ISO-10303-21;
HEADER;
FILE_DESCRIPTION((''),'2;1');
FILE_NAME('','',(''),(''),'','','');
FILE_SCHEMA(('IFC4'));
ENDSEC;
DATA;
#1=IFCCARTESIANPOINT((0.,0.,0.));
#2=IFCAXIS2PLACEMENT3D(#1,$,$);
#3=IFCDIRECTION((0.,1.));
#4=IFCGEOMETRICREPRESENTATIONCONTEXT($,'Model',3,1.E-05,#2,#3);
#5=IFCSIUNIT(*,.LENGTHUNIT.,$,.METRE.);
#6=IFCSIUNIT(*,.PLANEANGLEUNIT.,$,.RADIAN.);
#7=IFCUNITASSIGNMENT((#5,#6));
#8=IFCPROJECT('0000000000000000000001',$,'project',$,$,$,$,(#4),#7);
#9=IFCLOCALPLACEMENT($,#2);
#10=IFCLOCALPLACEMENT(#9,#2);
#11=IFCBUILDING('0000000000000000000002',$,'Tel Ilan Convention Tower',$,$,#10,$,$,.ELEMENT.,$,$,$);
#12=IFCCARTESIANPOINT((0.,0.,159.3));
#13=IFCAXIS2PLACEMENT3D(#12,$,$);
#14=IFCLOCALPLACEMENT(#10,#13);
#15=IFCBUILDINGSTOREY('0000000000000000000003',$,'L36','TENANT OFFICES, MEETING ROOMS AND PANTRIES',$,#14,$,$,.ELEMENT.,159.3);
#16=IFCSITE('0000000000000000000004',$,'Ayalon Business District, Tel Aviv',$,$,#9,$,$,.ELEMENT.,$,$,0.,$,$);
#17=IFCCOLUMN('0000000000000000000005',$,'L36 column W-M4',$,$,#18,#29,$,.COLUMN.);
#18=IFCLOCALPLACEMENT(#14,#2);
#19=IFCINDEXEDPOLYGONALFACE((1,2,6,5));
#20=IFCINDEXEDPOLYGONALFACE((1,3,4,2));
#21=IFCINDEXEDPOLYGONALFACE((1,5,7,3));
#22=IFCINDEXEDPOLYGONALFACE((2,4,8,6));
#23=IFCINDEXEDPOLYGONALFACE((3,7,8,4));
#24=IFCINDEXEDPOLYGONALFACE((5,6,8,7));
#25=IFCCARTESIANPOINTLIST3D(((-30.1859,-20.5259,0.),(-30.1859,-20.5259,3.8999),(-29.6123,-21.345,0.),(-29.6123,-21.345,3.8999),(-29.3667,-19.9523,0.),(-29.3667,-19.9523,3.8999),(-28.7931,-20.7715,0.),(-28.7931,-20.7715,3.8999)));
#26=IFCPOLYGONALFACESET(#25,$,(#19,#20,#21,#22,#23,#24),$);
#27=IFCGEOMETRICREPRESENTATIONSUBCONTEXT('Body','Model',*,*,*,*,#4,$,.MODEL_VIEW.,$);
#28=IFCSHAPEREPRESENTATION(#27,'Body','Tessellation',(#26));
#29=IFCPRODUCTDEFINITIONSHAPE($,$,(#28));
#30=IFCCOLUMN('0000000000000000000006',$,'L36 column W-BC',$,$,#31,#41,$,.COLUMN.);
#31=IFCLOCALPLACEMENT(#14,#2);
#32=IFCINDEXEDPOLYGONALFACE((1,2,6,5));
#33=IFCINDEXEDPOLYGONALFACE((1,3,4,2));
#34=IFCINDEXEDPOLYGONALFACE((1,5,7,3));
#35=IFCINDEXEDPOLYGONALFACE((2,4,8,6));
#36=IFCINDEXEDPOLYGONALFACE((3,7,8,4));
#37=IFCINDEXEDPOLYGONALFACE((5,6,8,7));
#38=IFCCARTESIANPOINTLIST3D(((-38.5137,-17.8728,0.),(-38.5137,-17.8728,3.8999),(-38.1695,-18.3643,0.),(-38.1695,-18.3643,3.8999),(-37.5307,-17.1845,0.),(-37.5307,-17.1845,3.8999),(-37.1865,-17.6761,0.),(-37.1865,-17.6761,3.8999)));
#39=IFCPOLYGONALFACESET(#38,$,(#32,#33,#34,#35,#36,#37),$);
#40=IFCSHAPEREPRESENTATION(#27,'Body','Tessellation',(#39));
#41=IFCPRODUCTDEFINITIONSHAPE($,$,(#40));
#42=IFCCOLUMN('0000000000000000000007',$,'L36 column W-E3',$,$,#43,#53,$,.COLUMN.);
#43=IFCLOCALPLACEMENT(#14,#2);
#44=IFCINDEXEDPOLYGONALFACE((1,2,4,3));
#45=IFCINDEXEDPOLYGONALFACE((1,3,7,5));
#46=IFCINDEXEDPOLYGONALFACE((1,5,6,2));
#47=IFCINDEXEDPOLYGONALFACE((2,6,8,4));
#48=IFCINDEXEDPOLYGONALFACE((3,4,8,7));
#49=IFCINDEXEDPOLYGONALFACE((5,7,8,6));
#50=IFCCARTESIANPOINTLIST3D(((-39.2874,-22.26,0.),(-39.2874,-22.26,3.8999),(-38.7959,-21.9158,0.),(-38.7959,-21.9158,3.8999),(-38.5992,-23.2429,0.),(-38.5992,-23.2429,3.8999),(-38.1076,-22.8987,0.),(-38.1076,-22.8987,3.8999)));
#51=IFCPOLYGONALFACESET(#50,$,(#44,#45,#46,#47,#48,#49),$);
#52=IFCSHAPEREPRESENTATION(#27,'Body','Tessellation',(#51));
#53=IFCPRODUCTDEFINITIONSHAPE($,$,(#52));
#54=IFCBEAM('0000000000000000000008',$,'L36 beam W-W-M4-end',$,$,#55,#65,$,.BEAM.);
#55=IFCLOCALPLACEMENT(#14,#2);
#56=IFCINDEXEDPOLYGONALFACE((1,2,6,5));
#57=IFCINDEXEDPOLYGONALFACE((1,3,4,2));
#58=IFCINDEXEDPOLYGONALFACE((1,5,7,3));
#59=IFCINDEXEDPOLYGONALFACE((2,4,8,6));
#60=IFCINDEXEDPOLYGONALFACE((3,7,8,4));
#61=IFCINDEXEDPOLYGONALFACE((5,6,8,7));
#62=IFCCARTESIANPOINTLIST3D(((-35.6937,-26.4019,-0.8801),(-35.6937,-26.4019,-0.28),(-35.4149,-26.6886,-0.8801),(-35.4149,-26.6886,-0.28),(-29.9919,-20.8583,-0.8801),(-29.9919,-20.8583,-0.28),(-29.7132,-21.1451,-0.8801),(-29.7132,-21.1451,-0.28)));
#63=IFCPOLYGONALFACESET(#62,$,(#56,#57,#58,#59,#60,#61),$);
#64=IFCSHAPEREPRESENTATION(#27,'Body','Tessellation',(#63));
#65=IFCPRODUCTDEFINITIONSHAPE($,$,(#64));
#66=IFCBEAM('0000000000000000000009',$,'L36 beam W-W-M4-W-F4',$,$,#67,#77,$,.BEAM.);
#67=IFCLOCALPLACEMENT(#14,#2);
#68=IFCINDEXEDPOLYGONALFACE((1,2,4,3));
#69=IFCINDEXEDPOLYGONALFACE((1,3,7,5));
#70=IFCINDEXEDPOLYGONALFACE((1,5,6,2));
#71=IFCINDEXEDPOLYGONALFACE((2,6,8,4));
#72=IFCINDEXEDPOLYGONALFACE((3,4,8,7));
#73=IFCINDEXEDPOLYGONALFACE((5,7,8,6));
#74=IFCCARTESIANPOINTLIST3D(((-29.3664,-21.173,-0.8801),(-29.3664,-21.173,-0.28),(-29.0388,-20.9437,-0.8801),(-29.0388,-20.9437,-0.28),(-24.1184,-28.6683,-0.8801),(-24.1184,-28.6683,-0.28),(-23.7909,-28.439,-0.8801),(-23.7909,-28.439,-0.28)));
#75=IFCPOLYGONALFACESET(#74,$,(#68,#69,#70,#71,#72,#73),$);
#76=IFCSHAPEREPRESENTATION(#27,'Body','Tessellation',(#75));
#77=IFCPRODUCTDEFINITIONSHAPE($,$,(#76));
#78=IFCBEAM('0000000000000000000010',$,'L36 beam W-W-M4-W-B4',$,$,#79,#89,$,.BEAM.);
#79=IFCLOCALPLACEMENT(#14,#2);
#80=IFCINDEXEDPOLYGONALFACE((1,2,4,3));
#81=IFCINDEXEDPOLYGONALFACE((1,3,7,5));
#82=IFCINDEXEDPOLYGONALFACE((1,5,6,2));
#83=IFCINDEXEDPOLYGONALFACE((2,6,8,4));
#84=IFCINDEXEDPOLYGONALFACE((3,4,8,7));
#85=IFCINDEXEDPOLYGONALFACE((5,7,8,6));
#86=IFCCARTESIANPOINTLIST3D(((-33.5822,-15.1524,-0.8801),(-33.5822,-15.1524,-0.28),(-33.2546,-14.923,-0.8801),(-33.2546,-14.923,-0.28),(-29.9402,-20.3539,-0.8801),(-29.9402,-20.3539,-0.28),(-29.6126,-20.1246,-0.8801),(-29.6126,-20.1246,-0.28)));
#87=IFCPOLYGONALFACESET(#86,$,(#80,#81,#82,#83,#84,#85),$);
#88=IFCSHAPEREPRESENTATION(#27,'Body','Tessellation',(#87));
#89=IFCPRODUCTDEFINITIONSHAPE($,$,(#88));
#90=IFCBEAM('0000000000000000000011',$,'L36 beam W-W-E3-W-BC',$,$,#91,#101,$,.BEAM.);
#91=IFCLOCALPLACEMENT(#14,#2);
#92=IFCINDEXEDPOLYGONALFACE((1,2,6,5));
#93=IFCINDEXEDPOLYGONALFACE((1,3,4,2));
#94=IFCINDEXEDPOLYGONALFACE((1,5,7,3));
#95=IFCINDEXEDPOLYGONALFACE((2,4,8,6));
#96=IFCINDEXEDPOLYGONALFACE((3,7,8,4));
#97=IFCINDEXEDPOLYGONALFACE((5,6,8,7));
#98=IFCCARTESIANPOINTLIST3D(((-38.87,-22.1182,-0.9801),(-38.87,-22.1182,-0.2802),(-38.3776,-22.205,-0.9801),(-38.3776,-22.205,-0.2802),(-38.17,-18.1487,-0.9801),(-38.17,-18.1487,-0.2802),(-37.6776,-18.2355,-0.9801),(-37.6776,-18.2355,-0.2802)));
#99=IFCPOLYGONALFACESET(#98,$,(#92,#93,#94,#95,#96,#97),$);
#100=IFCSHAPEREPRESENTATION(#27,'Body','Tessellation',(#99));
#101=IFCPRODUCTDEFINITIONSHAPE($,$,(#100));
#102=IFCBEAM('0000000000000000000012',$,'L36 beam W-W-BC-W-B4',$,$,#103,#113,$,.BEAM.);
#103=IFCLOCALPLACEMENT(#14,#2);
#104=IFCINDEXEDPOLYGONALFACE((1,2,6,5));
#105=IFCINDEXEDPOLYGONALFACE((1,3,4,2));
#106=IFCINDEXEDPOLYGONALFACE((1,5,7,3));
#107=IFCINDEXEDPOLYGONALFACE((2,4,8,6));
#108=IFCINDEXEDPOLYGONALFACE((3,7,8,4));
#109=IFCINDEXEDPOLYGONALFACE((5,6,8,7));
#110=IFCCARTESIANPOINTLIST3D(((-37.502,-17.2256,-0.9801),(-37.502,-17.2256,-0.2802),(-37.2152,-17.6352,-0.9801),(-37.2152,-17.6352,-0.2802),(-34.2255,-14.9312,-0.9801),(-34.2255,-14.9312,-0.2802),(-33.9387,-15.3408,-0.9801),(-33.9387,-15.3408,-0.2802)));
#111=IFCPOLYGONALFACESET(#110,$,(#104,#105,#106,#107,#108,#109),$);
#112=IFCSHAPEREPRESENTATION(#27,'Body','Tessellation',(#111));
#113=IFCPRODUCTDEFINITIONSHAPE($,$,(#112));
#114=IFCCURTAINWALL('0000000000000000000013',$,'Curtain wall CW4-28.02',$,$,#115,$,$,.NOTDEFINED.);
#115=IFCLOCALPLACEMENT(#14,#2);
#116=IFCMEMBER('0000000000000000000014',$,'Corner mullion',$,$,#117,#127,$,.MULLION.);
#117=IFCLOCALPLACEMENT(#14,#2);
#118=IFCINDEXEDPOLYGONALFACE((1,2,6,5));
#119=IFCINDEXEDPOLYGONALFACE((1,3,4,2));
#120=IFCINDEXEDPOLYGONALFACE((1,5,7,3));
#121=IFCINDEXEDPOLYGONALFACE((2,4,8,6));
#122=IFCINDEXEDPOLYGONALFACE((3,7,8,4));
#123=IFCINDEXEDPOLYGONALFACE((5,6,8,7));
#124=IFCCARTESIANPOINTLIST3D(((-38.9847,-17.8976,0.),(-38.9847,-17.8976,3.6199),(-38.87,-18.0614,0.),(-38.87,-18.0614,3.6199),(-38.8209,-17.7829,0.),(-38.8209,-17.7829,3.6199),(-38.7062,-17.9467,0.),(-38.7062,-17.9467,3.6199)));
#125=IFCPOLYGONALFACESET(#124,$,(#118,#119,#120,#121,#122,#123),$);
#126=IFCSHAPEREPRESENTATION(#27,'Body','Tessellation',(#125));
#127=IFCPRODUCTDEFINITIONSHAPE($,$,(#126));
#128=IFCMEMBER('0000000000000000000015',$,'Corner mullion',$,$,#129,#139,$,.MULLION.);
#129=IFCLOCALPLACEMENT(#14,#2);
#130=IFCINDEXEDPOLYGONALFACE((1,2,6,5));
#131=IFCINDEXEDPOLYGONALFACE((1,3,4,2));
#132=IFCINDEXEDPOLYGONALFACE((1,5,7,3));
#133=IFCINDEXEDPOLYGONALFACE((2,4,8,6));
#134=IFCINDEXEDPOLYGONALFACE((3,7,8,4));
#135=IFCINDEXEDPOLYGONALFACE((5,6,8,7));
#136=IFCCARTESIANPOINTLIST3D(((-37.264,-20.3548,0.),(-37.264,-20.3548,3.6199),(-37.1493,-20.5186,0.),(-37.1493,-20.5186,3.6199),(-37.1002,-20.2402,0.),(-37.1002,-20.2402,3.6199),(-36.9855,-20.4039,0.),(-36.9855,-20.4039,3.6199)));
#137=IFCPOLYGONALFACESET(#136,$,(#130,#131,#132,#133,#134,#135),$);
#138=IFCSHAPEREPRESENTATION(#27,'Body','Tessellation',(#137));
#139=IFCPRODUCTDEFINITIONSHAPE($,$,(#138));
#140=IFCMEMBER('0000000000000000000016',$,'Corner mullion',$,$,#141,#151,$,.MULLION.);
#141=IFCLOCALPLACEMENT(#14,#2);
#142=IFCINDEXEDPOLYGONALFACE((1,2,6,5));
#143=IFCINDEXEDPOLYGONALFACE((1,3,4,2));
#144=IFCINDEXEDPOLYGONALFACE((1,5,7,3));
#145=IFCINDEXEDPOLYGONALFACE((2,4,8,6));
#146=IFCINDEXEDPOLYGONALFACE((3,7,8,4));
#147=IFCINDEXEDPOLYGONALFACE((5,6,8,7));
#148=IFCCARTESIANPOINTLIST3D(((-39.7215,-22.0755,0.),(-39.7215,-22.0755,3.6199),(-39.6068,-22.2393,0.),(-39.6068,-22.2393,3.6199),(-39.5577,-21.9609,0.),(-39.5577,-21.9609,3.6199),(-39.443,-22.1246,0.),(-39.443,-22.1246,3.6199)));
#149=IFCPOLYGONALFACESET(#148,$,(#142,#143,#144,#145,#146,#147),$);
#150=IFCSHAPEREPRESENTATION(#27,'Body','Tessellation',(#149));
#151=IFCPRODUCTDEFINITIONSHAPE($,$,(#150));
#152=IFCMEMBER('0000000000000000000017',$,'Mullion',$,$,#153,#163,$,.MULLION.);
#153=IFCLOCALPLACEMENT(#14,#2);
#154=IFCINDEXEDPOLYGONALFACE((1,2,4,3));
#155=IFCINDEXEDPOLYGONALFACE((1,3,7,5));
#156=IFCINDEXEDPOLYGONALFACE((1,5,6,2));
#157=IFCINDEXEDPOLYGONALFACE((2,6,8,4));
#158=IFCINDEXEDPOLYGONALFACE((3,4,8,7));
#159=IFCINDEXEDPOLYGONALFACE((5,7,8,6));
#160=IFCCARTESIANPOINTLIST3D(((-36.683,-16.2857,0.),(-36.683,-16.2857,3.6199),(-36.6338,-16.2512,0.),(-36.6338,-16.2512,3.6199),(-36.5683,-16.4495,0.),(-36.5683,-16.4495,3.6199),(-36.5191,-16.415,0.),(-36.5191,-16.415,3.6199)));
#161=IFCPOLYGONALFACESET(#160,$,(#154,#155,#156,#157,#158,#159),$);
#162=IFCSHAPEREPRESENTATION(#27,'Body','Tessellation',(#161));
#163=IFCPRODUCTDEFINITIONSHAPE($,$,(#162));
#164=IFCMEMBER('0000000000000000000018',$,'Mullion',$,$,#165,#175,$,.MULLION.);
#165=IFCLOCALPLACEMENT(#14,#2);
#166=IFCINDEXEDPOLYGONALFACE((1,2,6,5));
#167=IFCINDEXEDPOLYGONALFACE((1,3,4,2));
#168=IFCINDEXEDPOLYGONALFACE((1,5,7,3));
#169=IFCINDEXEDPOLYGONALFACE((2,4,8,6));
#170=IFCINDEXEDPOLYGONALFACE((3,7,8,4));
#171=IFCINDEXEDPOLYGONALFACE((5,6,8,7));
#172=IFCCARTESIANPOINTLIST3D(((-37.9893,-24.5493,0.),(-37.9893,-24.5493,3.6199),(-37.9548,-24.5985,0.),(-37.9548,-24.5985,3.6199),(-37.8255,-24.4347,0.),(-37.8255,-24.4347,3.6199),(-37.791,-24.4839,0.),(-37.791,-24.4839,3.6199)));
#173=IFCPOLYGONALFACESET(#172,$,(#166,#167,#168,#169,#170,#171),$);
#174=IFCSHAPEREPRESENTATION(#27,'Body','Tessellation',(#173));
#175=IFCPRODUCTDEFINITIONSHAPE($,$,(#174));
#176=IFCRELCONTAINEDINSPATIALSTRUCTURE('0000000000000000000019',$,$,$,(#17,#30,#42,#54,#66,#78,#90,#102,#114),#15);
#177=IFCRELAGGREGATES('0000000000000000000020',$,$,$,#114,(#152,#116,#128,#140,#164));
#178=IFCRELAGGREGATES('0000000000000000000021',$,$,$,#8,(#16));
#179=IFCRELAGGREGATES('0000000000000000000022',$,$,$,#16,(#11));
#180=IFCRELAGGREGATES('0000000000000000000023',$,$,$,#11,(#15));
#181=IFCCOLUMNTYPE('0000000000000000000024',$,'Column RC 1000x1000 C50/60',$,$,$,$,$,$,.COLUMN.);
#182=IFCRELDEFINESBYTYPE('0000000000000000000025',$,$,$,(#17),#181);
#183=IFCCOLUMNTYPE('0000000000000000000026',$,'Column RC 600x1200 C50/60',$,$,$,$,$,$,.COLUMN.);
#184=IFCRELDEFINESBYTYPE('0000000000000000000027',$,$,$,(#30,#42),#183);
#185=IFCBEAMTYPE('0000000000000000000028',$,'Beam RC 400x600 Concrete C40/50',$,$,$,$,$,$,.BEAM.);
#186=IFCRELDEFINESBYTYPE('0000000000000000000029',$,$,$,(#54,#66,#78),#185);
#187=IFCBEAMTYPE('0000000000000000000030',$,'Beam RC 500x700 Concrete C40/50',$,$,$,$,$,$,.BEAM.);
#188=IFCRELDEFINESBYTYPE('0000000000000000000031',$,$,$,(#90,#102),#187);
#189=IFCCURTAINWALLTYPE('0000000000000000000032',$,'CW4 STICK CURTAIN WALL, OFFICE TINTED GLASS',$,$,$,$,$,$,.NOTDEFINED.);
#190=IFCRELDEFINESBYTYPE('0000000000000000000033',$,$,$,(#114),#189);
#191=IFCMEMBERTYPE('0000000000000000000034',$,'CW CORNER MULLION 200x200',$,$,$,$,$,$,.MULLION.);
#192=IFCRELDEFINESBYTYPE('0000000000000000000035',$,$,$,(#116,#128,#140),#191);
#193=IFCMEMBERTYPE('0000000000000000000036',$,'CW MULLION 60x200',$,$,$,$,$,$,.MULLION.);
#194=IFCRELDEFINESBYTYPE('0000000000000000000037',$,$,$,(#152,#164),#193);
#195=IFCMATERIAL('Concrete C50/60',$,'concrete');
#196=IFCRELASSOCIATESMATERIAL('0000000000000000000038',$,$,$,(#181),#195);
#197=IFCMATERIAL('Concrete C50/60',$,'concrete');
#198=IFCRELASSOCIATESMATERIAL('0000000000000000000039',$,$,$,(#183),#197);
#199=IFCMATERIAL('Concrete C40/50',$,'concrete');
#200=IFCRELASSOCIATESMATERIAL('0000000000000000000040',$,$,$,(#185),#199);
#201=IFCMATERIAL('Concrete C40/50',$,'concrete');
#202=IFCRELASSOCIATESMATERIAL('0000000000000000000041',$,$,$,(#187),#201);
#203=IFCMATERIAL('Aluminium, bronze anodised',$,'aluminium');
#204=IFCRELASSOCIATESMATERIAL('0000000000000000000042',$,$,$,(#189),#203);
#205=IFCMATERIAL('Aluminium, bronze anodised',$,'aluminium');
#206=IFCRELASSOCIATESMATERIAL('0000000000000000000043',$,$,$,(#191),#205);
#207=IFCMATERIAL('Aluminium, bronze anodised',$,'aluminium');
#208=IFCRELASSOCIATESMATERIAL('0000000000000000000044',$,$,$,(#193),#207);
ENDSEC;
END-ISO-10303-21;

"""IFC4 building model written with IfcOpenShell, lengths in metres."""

from ifc_helpers import new_model, si_unit, direction, frame, origin, origin_2d, place, context, subcontext, project, spatial, rectangle, extrude, material, material_profile, profile_set, type_object, element, aggregate, save


model = new_model("IFC4")

# Units and contexts
model_context = context("Model", 3, precision=1e-05, world=origin(), true_north=direction((0.0, 1.0)))
body_context = subcontext(model_context, "Body", "Model", "MODEL_VIEW")
ifc_project = project(units=[si_unit("LENGTHUNIT", "METRE"), si_unit("PLANEANGLEUNIT", "RADIAN")], contexts=[model_context])

# Site, building, storey
site_placement = place(None, origin())
site = spatial("IfcSite", under=ifc_project, at=site_placement, Name="Ayalon Business District, Tel Aviv", CompositionType="ELEMENT", RefElevation=0.0)
building_placement = place(site_placement, origin())
building = spatial("IfcBuilding", under=site, at=building_placement, Name="Tel Ilan Convention Tower", CompositionType="ELEMENT")
storey_placement = place(building_placement, frame((0.0, 0.0, 159.3)))
storey = spatial("IfcBuildingStorey", under=building, at=storey_placement, Name="L36", Description="TENANT OFFICES, MEETING ROOMS AND PANTRIES", CompositionType="ELEMENT", Elevation=159.3)

# Columns
ifc_material_1 = material(Name="Concrete C50/60", Category="concrete")
ifc_material_profile_1 = material_profile(ifc_material_1, rectangle(XDim=1.0, YDim=1.0, at=origin_2d()), Name="RC 1000x1000")
ifc_profile_set_1 = profile_set([ifc_material_profile_1], Name="Concrete C50/60")
column_type_1 = type_object("IfcColumnType", Name="Column RC 1000x1000 C50/60", PredefinedType="COLUMN", material=ifc_profile_set_1)
column_placement = place(storey_placement, frame((-29.4895, -20.6487, 0.0), z_axis=(0.0, 0.0, 1.0), x_axis=(-0.819152, -0.573576, 0.0)))
element("IfcColumn", 1, at=column_placement, inside=storey, type_object=column_type_1, Name="L36 column W-M4", PredefinedType="COLUMN", context=body_context, shape_type="SweptSolid", body=[
    extrude(rectangle(XDim=1.0, YDim=1.0, at=origin_2d()), origin(), (0.0, 0.0, 1.0), 3.8999),
])
ifc_material_2 = material(Name="Concrete C50/60", Category="concrete")
ifc_material_profile_2 = material_profile(ifc_material_2, rectangle(XDim=1.2, YDim=0.6001, at=origin_2d()), Name="RC 600x1200")
ifc_profile_set_2 = profile_set([ifc_material_profile_2], Name="Concrete C50/60")
column_type_2 = type_object("IfcColumnType", Name="Column RC 600x1200 C50/60", PredefinedType="COLUMN", material=ifc_profile_set_2)
for number, where, z_axis, x_axis, name in (
    (2, (-37.8501, -17.7744, 0.0), (0.0, 0.0, 1.0), (-0.819152, -0.573576, 0.0), "L36 column W-BC"),
    (3, (-38.6975, -22.5793, 0.0), (0.0, 0.0, 1.0), (-0.573576, 0.819152, 0.0), "L36 column W-E3"),
):
    element("IfcColumn", number, at=place(storey_placement, frame(where, z_axis=z_axis, x_axis=x_axis)), inside=storey, type_object=column_type_2, Name=name, PredefinedType="COLUMN", context=body_context, shape_type="SweptSolid", body=[
        extrude(rectangle(XDim=1.2, YDim=0.6001, at=origin_2d()), origin(), (0.0, 0.0, 1.0), 3.8999),
    ])

# Beams
ifc_material_3 = material(Name="Concrete C40/50", Category="concrete")
ifc_material_profile_3 = material_profile(ifc_material_3, rectangle(XDim=0.3999, YDim=0.6001, at=origin_2d()), Name="RC 400x600")
ifc_profile_set_3 = profile_set([ifc_material_profile_3], Name="Concrete C40/50")
beam_type_1 = type_object("IfcBeamType", Name="Beam RC 400x600 Concrete C40/50", PredefinedType="BEAM", material=ifc_profile_set_3)
beam_1_placement = place(storey_placement, frame((-29.8525, -21.0017, -0.5801), z_axis=(-0.716984, -0.69709, 0.0), x_axis=(0.69709, -0.716984, 0.0)))
element("IfcBeam", 4, at=beam_1_placement, inside=storey, type_object=beam_type_1, Name="L36 beam W-W-M4-end", PredefinedType="BEAM", context=body_context, shape_type="SweptSolid", body=[
    extrude(rectangle(XDim=0.3999, YDim=0.6001, at=origin_2d()), origin(), (0.0, 0.0, 1.0), 7.9524),
])
beam_2_placement = place(storey_placement, frame((-29.2026, -21.0583, -0.5801), z_axis=(0.573557, -0.819165, 0.0), x_axis=(0.819165, 0.573557, 0.0)))
element("IfcBeam", 5, at=beam_2_placement, inside=storey, type_object=beam_type_1, Name="L36 beam W-W-M4-W-F4", PredefinedType="BEAM", context=body_context, shape_type="SweptSolid", body=[
    extrude(rectangle(XDim=0.3999, YDim=0.6001, at=origin_2d()), origin(), (0.0, 0.0, 1.0), 9.1499),
])
beam_3_placement = place(storey_placement, frame((-29.7764, -20.2393, -0.5801), z_axis=(-0.57356, 0.819163, 0.0), x_axis=(-0.819163, -0.57356, 0.0)))
element("IfcBeam", 6, at=beam_3_placement, inside=storey, type_object=beam_type_1, Name="L36 beam W-W-M4-W-B4", PredefinedType="BEAM", context=body_context, shape_type="SweptSolid", body=[
    extrude(rectangle(XDim=0.3999, YDim=0.6001, at=origin_2d()), origin(), (0.0, 0.0, 1.0), 6.3499),
])
ifc_material_4 = material(Name="Concrete C40/50", Category="concrete")
ifc_material_profile_4 = material_profile(ifc_material_4, rectangle(XDim=0.5, YDim=0.7, at=origin_2d()), Name="RC 500x700")
ifc_profile_set_4 = profile_set([ifc_material_profile_4], Name="Concrete C40/50")
beam_type_2 = type_object("IfcBeamType", Name="Beam RC 500x700 Concrete C40/50", PredefinedType="BEAM", material=ifc_profile_set_4)
beam_4_placement = place(storey_placement, frame((-38.6238, -22.1616, -0.6301), z_axis=(0.173654, 0.984807, 0.0), x_axis=(-0.984807, 0.173654, 0.0)))
element("IfcBeam", 7, at=beam_4_placement, inside=storey, type_object=beam_type_2, Name="L36 beam W-W-E3-W-BC", PredefinedType="BEAM", context=body_context, shape_type="SweptSolid", body=[
    extrude(rectangle(XDim=0.5, YDim=0.7, at=origin_2d()), origin(), (0.0, 0.0, 1.0), 4.0308),
])
beam_5_placement = place(storey_placement, frame((-37.3586, -17.4304, -0.6301), z_axis=(0.819137, 0.573598, 0.0), x_axis=(-0.573598, 0.819137, 0.0)))
element("IfcBeam", 8, at=beam_5_placement, inside=storey, type_object=beam_type_2, Name="L36 beam W-W-BC-W-B4", PredefinedType="BEAM", context=body_context, shape_type="SweptSolid", body=[
    extrude(rectangle(XDim=0.5, YDim=0.7, at=origin_2d()), origin(), (0.0, 0.0, 1.0), 4.0),
])

# Curtain wall, members
ifc_material_5 = material(Name="Aluminium, bronze anodised", Category="aluminium")
curtain_wall_type = type_object("IfcCurtainWallType", Name="CW4 STICK CURTAIN WALL, OFFICE TINTED GLASS", PredefinedType="NOTDEFINED", material=ifc_material_5)
curtain_wall_placement = place(storey_placement, origin())
curtain_wall = element("IfcCurtainWall", 9, at=curtain_wall_placement, inside=storey, type_object=curtain_wall_type, Name="Curtain wall CW4-28.02", PredefinedType="NOTDEFINED")
ifc_material_6 = material(Name="Aluminium, bronze anodised", Category="aluminium")
ifc_material_profile_5 = material_profile(ifc_material_6, rectangle(XDim=0.2, YDim=0.2, at=origin_2d()), Name="CW CORNER MULLION 200x200")
ifc_profile_set_5 = profile_set([ifc_material_profile_5], Name="Aluminium, bronze anodised")
member_type_1 = type_object("IfcMemberType", Name="CW CORNER MULLION 200x200", PredefinedType="MULLION", material=ifc_profile_set_5)
member_1_placement = place(storey_placement, frame((-38.8455, -17.9221, 0.0), z_axis=(0.0, 0.0, 1.0), x_axis=(-0.819152, -0.573576, 0.0)))
member_1 = element("IfcMember", 10, at=member_1_placement, type_object=member_type_1, Name="Corner mullion", PredefinedType="MULLION", context=body_context, shape_type="SweptSolid", body=[
    extrude(rectangle(XDim=0.2, YDim=0.2, at=origin_2d()), origin(), (0.0, 0.0, 1.0), 3.6199),
])
member_2_placement = place(storey_placement, frame((-37.1248, -20.3794, 0.0), z_axis=(0.0, 0.0, 1.0), x_axis=(0.573576, -0.819152, 0.0)))
member_2 = element("IfcMember", 11, at=member_2_placement, type_object=member_type_1, Name="Corner mullion", PredefinedType="MULLION", context=body_context, shape_type="SweptSolid", body=[
    extrude(rectangle(XDim=0.2, YDim=0.2, at=origin_2d()), origin(), (0.0, 0.0, 1.0), 3.6199),
])
member_3_placement = place(storey_placement, frame((-39.5823, -22.1001, 0.0), z_axis=(0.0, 0.0, 1.0), x_axis=(-0.819152, -0.573576, 0.0)))
member_3 = element("IfcMember", 12, at=member_3_placement, type_object=member_type_1, Name="Corner mullion", PredefinedType="MULLION", context=body_context, shape_type="SweptSolid", body=[
    extrude(rectangle(XDim=0.2, YDim=0.2, at=origin_2d()), origin(), (0.0, 0.0, 1.0), 3.6199),
])
ifc_material_7 = material(Name="Aluminium, bronze anodised", Category="aluminium")
ifc_material_profile_6 = material_profile(ifc_material_7, rectangle(XDim=0.0601, YDim=0.2, at=origin_2d()), Name="CW MULLION 60x200")
ifc_profile_set_6 = profile_set([ifc_material_profile_6], Name="Aluminium, bronze anodised")
member_type_2 = type_object("IfcMemberType", Name="CW MULLION 60x200", PredefinedType="MULLION", material=ifc_profile_set_6)
member_4_placement = place(storey_placement, frame((-36.6011, -16.3503, 0.0), z_axis=(0.0, 0.0, 1.0), x_axis=(-0.819152, -0.573576, 0.0)))
member_4 = element("IfcMember", 13, at=member_4_placement, type_object=member_type_2, Name="Mullion", PredefinedType="MULLION", context=body_context, shape_type="SweptSolid", body=[
    extrude(rectangle(XDim=0.0601, YDim=0.2, at=origin_2d()), origin(), (0.0, 0.0, 1.0), 3.6199),
])
member_5_placement = place(storey_placement, frame((-37.8901, -24.5166, 0.0), z_axis=(0.0, 0.0, 1.0), x_axis=(0.573576, -0.819152, 0.0)))
member_5 = element("IfcMember", 14, at=member_5_placement, type_object=member_type_2, Name="Mullion", PredefinedType="MULLION", context=body_context, shape_type="SweptSolid", body=[
    extrude(rectangle(XDim=0.0601, YDim=0.2, at=origin_2d()), origin(), (0.0, 0.0, 1.0), 3.6199),
])
aggregate(curtain_wall, [member_4, member_1, member_2, member_3, member_5])

save(model, "model.ifc")
